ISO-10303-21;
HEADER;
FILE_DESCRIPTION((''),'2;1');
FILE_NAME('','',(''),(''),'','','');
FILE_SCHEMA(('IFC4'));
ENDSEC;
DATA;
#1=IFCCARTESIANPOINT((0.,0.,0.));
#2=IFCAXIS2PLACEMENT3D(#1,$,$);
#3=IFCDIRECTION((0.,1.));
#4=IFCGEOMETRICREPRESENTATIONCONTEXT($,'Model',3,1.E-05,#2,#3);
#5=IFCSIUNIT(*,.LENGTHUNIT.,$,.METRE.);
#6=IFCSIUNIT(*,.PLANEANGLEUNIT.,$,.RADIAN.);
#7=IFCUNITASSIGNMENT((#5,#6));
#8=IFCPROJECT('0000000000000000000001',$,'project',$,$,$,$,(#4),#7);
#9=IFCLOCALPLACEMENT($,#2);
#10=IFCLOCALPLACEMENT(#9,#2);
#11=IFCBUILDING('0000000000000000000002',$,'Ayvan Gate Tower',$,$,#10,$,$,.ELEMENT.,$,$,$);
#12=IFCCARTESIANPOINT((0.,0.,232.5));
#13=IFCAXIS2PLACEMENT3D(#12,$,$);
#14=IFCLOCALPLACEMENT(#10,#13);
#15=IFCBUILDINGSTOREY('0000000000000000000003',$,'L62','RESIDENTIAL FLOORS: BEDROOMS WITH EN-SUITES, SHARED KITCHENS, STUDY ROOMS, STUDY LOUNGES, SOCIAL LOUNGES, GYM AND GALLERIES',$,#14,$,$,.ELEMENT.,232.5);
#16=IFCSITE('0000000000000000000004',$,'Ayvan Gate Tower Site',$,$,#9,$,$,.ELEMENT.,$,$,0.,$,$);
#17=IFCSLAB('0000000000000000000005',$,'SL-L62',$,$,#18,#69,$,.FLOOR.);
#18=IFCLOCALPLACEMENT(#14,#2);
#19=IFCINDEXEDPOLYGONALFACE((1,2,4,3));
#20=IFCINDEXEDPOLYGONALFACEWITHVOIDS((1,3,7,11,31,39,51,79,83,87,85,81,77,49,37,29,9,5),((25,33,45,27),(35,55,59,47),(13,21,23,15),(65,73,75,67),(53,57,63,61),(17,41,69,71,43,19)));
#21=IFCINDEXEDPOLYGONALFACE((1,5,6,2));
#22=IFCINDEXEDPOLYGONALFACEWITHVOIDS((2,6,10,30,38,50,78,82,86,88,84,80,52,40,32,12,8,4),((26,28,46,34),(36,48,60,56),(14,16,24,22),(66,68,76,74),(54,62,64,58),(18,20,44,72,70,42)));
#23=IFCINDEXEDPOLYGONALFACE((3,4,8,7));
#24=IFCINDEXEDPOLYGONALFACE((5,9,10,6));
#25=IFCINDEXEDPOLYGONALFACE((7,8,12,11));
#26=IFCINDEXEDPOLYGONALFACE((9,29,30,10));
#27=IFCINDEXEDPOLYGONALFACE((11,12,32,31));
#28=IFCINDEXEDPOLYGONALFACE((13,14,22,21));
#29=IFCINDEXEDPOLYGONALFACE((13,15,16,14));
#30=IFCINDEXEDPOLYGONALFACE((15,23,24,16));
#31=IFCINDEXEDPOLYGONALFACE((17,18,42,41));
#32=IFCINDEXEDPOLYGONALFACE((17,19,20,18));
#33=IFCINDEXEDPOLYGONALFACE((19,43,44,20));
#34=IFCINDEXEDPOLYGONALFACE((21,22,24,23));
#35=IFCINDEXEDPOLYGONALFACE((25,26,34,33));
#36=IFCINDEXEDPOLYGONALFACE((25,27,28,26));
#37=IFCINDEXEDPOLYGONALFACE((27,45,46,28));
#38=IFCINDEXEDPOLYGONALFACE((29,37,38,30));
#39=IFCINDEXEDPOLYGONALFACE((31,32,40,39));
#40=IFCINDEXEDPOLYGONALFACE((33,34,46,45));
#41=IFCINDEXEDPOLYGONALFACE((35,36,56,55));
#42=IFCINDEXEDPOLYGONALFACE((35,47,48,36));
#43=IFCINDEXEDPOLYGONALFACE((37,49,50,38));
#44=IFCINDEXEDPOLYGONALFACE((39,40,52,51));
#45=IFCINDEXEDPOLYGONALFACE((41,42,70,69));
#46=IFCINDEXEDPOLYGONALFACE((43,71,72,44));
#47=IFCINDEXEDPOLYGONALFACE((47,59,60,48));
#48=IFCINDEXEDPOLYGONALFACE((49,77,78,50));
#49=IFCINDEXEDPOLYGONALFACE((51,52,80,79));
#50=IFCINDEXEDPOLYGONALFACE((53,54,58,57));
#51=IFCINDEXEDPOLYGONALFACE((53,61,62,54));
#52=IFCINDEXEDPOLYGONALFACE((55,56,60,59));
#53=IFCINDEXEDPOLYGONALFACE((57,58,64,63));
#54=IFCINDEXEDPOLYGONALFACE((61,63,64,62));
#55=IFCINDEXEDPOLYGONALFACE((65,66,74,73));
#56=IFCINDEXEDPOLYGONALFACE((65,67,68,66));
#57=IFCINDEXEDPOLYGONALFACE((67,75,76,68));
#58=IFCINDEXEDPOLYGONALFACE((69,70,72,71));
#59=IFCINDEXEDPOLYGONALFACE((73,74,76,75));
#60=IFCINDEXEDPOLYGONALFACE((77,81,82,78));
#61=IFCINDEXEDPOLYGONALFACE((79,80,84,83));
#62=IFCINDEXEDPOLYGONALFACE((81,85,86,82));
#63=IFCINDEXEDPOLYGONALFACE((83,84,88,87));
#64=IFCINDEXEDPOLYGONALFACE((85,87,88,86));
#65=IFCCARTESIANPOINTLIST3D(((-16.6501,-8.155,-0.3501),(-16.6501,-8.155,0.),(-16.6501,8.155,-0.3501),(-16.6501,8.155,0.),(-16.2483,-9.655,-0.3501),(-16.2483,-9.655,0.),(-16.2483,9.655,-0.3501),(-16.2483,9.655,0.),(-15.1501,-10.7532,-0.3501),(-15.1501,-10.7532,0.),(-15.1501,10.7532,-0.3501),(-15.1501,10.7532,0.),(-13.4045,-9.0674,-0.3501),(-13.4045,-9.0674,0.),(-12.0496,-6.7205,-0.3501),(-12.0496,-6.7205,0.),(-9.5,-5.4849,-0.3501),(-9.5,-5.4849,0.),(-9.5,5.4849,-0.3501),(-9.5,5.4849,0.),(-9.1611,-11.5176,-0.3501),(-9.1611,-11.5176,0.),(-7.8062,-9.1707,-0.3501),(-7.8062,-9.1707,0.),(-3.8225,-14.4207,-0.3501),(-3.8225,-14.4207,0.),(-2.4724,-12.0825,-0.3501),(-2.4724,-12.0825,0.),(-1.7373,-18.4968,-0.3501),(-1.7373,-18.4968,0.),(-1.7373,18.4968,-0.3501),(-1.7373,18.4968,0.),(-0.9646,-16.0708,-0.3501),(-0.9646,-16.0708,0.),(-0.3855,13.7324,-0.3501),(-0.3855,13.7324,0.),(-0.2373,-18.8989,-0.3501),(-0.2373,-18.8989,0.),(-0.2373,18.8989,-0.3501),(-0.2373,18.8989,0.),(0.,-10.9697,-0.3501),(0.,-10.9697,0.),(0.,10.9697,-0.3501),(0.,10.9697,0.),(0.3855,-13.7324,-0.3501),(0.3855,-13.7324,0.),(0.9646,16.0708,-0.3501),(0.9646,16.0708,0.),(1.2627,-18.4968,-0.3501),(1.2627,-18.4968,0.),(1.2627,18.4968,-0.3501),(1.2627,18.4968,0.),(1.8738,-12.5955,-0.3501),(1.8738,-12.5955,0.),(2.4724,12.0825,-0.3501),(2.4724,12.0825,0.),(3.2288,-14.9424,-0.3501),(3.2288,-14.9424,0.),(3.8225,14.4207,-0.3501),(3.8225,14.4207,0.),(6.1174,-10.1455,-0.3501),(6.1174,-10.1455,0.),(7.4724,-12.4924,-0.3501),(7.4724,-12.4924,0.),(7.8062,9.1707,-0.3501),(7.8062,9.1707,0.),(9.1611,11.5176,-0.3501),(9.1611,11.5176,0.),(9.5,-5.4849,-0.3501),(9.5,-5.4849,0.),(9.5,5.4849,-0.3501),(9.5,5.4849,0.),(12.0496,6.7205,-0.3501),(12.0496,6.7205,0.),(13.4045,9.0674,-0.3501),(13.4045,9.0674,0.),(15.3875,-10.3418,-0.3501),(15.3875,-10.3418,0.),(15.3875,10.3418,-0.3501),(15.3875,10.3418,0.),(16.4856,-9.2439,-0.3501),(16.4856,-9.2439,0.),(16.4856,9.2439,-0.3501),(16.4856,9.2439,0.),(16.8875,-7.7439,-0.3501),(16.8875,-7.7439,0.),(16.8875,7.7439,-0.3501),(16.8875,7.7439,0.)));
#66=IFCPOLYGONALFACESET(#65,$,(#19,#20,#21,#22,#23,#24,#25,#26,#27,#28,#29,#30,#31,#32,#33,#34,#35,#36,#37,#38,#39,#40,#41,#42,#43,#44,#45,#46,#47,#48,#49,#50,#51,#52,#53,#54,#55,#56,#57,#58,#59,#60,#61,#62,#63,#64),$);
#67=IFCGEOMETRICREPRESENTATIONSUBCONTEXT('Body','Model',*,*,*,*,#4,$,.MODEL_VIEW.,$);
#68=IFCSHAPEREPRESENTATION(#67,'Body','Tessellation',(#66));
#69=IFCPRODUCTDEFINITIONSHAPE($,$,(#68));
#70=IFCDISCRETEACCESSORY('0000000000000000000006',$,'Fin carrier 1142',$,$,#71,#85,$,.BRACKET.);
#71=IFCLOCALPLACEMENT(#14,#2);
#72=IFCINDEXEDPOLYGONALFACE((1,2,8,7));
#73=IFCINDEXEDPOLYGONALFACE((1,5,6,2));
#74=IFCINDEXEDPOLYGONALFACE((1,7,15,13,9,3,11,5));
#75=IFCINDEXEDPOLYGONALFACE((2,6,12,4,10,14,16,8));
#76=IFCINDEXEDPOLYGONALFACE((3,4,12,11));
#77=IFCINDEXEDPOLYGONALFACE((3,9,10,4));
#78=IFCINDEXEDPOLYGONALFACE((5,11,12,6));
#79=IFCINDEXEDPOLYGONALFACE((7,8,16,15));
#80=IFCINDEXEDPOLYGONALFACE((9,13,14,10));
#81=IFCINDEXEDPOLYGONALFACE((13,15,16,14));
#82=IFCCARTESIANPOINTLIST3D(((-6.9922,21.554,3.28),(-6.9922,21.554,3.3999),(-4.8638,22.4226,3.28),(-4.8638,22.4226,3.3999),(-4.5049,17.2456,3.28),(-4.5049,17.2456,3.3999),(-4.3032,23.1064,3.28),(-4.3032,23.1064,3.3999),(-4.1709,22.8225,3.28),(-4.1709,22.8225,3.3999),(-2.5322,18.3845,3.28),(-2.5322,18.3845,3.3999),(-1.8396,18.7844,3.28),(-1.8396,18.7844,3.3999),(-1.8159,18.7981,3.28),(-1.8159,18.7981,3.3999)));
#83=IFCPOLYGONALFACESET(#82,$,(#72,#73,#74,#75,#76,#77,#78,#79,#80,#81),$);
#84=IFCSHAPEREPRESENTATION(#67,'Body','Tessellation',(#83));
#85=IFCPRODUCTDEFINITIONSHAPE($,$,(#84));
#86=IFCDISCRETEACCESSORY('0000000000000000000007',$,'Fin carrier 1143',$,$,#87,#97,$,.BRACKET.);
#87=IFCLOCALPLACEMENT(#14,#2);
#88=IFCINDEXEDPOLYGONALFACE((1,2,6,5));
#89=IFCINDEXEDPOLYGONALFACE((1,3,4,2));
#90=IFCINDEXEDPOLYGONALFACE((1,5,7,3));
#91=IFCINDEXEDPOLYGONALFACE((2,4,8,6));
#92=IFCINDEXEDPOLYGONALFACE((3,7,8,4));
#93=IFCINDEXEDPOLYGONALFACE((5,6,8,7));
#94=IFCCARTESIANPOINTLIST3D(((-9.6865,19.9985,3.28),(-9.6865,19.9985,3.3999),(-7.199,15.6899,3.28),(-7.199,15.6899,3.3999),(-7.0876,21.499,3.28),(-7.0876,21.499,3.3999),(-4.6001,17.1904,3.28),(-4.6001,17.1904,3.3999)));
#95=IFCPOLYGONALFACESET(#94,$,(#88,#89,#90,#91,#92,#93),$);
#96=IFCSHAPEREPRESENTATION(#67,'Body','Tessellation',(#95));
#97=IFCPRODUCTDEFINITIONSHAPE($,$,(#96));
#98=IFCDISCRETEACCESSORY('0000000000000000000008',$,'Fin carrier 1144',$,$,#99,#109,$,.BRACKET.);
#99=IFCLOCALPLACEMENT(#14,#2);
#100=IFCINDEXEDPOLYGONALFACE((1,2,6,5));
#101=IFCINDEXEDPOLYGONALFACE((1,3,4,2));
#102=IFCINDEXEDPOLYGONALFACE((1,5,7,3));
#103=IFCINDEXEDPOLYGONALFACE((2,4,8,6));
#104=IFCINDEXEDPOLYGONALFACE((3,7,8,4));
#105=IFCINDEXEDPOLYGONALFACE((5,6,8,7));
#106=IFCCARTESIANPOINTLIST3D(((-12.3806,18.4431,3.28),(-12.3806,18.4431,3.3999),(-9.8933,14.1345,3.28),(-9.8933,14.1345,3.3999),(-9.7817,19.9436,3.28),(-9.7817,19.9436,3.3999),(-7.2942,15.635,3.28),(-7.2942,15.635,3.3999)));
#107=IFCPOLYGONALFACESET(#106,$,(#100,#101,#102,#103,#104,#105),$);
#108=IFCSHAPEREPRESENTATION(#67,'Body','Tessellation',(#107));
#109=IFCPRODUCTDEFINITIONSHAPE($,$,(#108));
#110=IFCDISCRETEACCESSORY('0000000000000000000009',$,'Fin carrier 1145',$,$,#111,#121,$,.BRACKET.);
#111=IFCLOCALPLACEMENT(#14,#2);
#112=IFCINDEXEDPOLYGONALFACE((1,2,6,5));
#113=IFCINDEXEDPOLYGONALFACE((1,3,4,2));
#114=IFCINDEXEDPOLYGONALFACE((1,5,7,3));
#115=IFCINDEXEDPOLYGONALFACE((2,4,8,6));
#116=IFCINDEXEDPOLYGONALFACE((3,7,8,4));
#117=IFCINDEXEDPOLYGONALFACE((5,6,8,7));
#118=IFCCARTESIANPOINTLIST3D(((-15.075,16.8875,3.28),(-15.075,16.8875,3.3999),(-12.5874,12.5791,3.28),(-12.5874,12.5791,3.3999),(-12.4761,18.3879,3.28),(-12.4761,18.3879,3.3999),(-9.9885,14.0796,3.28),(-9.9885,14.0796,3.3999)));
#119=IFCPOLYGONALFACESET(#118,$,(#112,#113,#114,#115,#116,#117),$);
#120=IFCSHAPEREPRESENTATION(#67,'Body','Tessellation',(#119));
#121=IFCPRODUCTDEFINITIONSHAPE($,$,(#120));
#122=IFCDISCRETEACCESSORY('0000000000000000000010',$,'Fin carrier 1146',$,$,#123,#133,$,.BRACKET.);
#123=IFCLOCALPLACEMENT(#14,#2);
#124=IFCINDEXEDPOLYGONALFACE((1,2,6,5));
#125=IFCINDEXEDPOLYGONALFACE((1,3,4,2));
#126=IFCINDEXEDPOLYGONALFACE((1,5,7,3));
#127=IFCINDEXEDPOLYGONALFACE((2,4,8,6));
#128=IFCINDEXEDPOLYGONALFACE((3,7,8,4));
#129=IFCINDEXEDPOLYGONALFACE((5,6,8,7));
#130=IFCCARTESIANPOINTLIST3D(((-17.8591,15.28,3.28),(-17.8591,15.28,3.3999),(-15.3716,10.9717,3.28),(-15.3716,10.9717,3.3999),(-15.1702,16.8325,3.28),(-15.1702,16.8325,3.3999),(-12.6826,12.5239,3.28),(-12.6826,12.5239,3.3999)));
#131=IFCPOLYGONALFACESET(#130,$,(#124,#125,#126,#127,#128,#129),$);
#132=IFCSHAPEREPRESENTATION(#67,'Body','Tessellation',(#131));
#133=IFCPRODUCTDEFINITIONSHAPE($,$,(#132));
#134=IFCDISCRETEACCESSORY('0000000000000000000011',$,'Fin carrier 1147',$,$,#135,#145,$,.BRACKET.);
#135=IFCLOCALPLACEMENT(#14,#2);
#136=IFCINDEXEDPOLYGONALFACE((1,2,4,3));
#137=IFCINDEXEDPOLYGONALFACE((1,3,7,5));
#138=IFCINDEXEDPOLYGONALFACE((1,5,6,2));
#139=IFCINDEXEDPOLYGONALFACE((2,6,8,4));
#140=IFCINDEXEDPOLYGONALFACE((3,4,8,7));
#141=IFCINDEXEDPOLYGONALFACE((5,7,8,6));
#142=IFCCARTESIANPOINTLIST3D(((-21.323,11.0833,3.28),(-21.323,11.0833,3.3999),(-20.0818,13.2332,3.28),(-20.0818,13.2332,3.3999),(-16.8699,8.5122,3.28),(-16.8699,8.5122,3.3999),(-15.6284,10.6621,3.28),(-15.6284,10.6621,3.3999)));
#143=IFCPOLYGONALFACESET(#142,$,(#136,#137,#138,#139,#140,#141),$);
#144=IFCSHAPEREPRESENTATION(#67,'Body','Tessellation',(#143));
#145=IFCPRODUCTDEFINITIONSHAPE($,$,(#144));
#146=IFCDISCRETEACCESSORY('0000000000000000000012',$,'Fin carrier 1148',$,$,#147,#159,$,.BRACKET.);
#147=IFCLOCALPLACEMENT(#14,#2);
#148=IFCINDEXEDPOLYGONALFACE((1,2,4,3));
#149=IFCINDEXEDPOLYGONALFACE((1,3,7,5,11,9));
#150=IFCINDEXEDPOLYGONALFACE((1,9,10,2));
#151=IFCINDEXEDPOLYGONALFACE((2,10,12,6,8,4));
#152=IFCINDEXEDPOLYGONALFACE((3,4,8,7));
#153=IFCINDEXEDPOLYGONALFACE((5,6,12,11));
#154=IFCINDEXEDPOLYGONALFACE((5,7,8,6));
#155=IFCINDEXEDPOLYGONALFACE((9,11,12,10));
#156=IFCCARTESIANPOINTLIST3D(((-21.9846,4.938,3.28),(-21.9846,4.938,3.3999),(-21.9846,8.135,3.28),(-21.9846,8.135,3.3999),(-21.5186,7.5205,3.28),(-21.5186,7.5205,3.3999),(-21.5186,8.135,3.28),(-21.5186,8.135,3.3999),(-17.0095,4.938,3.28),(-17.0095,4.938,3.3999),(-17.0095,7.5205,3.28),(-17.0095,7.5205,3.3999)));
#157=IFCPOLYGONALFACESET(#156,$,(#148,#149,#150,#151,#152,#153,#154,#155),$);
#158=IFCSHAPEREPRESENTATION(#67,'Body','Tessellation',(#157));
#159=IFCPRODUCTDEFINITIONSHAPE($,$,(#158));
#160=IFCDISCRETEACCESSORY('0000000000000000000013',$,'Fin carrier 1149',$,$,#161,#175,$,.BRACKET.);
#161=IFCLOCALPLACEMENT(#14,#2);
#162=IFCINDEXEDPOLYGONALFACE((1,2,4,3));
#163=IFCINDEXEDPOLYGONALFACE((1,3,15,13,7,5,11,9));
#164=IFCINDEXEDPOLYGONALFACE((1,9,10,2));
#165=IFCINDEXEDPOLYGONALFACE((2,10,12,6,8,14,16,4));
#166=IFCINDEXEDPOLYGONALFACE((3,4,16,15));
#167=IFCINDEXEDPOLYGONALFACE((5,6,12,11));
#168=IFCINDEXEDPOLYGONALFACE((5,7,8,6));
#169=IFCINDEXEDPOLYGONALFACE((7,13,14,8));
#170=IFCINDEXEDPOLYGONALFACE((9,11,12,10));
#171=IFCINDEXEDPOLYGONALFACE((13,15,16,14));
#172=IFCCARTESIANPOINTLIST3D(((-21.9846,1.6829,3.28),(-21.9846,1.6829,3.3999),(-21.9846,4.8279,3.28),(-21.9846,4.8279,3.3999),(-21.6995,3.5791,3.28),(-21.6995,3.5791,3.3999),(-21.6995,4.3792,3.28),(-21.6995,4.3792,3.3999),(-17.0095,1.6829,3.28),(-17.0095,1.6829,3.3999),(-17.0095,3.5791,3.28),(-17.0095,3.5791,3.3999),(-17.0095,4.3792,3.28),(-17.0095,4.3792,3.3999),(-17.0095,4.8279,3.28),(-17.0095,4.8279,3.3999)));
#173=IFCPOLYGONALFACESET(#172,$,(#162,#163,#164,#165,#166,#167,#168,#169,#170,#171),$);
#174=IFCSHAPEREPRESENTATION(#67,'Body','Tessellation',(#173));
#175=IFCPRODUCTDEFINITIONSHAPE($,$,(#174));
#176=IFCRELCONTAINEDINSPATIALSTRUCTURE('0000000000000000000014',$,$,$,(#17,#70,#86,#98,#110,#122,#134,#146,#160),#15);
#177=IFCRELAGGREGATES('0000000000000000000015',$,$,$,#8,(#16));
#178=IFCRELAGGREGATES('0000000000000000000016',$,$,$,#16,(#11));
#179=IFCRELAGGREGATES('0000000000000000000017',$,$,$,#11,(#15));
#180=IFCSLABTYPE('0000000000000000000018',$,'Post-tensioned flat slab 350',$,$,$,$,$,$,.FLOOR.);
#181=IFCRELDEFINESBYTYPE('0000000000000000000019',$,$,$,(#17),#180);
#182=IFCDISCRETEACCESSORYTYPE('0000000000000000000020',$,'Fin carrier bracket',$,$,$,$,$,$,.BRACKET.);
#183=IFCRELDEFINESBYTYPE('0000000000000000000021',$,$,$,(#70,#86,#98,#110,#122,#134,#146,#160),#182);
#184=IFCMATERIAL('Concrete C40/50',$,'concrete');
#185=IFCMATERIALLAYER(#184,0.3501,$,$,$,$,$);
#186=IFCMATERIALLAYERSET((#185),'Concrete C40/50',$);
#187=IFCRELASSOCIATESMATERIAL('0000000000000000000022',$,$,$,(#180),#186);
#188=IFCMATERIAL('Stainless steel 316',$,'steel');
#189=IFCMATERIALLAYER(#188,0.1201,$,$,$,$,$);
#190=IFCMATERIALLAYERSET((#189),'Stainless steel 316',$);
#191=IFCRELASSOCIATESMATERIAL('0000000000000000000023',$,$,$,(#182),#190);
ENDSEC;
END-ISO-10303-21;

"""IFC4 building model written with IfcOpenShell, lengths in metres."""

from ifc_helpers import new_model, si_unit, direction, frame, origin, place, context, subcontext, project, spatial, polyline, outline, extrude, material, layer, layer_set, type_object, element, save


model = new_model("IFC4")

# Units and contexts
model_context = context("Model", 3, precision=1e-05, world=origin(), true_north=direction((0.0, 1.0)))
body_context = subcontext(model_context, "Body", "Model", "MODEL_VIEW")
ifc_project = project(units=[si_unit("LENGTHUNIT", "METRE"), si_unit("PLANEANGLEUNIT", "RADIAN")], contexts=[model_context])

# Site, building, storey
site_placement = place(None, origin())
site = spatial("IfcSite", under=ifc_project, at=site_placement, Name="Ayvan Gate Tower Site", CompositionType="ELEMENT", RefElevation=0.0)
building_placement = place(site_placement, origin())
building = spatial("IfcBuilding", under=site, at=building_placement, Name="Ayvan Gate Tower", CompositionType="ELEMENT")
storey_placement = place(building_placement, frame((0.0, 0.0, 232.5)))
storey = spatial("IfcBuildingStorey", under=building, at=storey_placement, Name="L62", Description="RESIDENTIAL FLOORS: BEDROOMS WITH EN-SUITES, SHARED KITCHENS, STUDY ROOMS, STUDY LOUNGES, SOCIAL LOUNGES, GYM AND GALLERIES", CompositionType="ELEMENT", Elevation=232.5)

# Slab
ifc_material_1 = material(Name="Concrete C40/50", Category="concrete")
ifc_layer_1 = layer(ifc_material_1, 0.3501)
ifc_layer_set_1 = layer_set([ifc_layer_1], Name="Concrete C40/50")
slab_type = type_object("IfcSlabType", Name="Post-tensioned flat slab 350", PredefinedType="FLOOR", material=ifc_layer_set_1)
slab_placement = place(storey_placement, frame((0.0, 0.0, -0.3501)))
element("IfcSlab", 1, at=slab_placement, inside=storey, type_object=slab_type, Name="SL-L62", PredefinedType="FLOOR", context=body_context, shape_type="SweptSolid", body=[
    extrude(outline(polyline([(1.2627, -18.4968), (-0.2373, -18.8989), (-1.7373, -18.4968), (-15.1501, -10.7532), (-16.2483, -9.655), (-16.6501, -8.155), (-16.6501, 8.155), (-16.2483, 9.655), (-15.1501, 10.7532), (-1.7373, 18.4968), (-0.2373, 18.8989), (1.2627, 18.4968), (15.3875, 10.3418), (16.4856, 9.2439), (16.8875, 7.7439), (16.8875, -7.7439), (16.4856, -9.2439), (15.3875, -10.3418), (1.2627, -18.4968)]), holes=[polyline([(12.0496, 6.7205), (13.4045, 9.0674), (9.1611, 11.5176), (7.8062, 9.1707), (12.0496, 6.7205)]), polyline([(9.5, 5.4849), (0.0, 10.9697), (-9.5, 5.4849), (-9.5, -5.4849), (0.0, -10.9697), (9.5, -5.4849), (9.5, 5.4849)]), polyline([(1.8738, -12.5955), (3.2288, -14.9424), (7.4724, -12.4924), (6.1174, -10.1455), (1.8738, -12.5955)]), polyline([(3.8225, 14.4207), (0.9646, 16.0708), (-0.3855, 13.7324), (2.4724, 12.0825), (3.8225, 14.4207)]), polyline([(0.3855, -13.7324), (-2.4724, -12.0825), (-3.8225, -14.4207), (-0.9646, -16.0708), (0.3855, -13.7324)]), polyline([(-9.1611, -11.5176), (-7.8062, -9.1707), (-12.0496, -6.7205), (-13.4045, -9.0674), (-9.1611, -11.5176)])]), origin(), (0.0, 0.0, 1.0), 0.3501),
])

# Discrete accessories
ifc_material_2 = material(Name="Stainless steel 316", Category="steel")
ifc_layer_2 = layer(ifc_material_2, 0.1201)
ifc_layer_set_2 = layer_set([ifc_layer_2], Name="Stainless steel 316")
discrete_accessory_type = type_object("IfcDiscreteAccessoryType", Name="Fin carrier bracket", PredefinedType="BRACKET", material=ifc_layer_set_2)
discrete_accessory_1_placement = place(storey_placement, frame((0.0, 0.0, 3.28)))
element("IfcDiscreteAccessory", 2, at=discrete_accessory_1_placement, inside=storey, type_object=discrete_accessory_type, Name="Fin carrier 1142", PredefinedType="BRACKET", context=body_context, shape_type="SweptSolid", body=[
    extrude(outline(polyline([(-4.5049, 17.2456), (-6.9922, 21.554), (-4.3032, 23.1064), (-1.8159, 18.7981), (-1.8396, 18.7844), (-4.1709, 22.8225), (-4.8638, 22.4226), (-2.5322, 18.3845), (-4.5049, 17.2456)])), origin(), (0.0, 0.0, 1.0), 0.1199),
])
discrete_accessory_2_placement = place(storey_placement, frame((0.0, 0.0, 3.28)))
element("IfcDiscreteAccessory", 3, at=discrete_accessory_2_placement, inside=storey, type_object=discrete_accessory_type, Name="Fin carrier 1143", PredefinedType="BRACKET", context=body_context, shape_type="SweptSolid", body=[
    extrude(outline(polyline([(-7.0876, 21.499), (-4.6001, 17.1904), (-7.199, 15.6899), (-9.6865, 19.9985), (-7.0876, 21.499)])), origin(), (0.0, 0.0, 1.0), 0.1199),
])
discrete_accessory_3_placement = place(storey_placement, frame((0.0, 0.0, 3.28)))
element("IfcDiscreteAccessory", 4, at=discrete_accessory_3_placement, inside=storey, type_object=discrete_accessory_type, Name="Fin carrier 1144", PredefinedType="BRACKET", context=body_context, shape_type="SweptSolid", body=[
    extrude(outline(polyline([(-9.7817, 19.9436), (-7.2942, 15.635), (-9.8933, 14.1345), (-12.3806, 18.4431), (-9.7817, 19.9436)])), origin(), (0.0, 0.0, 1.0), 0.1199),
])
discrete_accessory_4_placement = place(storey_placement, frame((0.0, 0.0, 3.28)))
element("IfcDiscreteAccessory", 5, at=discrete_accessory_4_placement, inside=storey, type_object=discrete_accessory_type, Name="Fin carrier 1145", PredefinedType="BRACKET", context=body_context, shape_type="SweptSolid", body=[
    extrude(outline(polyline([(-12.4761, 18.3879), (-9.9885, 14.0796), (-12.5874, 12.5791), (-15.075, 16.8875), (-12.4761, 18.3879)])), origin(), (0.0, 0.0, 1.0), 0.1199),
])
discrete_accessory_5_placement = place(storey_placement, frame((0.0, 0.0, 3.28)))
element("IfcDiscreteAccessory", 6, at=discrete_accessory_5_placement, inside=storey, type_object=discrete_accessory_type, Name="Fin carrier 1146", PredefinedType="BRACKET", context=body_context, shape_type="SweptSolid", body=[
    extrude(outline(polyline([(-15.1702, 16.8325), (-12.6826, 12.5239), (-15.3716, 10.9717), (-17.8591, 15.28), (-15.1702, 16.8325)])), origin(), (0.0, 0.0, 1.0), 0.1199),
])
discrete_accessory_6_placement = place(storey_placement, frame((0.0, 0.0, 3.28)))
element("IfcDiscreteAccessory", 7, at=discrete_accessory_6_placement, inside=storey, type_object=discrete_accessory_type, Name="Fin carrier 1147", PredefinedType="BRACKET", context=body_context, shape_type="SweptSolid", body=[
    extrude(outline(polyline([(-20.0818, 13.2332), (-15.6284, 10.6621), (-16.8699, 8.5122), (-21.323, 11.0833), (-20.0818, 13.2332)])), origin(), (0.0, 0.0, 1.0), 0.1199),
])
discrete_accessory_7_placement = place(storey_placement, frame((0.0, 0.0, 3.28)))
element("IfcDiscreteAccessory", 8, at=discrete_accessory_7_placement, inside=storey, type_object=discrete_accessory_type, Name="Fin carrier 1148", PredefinedType="BRACKET", context=body_context, shape_type="SweptSolid", body=[
    extrude(outline(polyline([(-17.0095, 4.938), (-21.9846, 4.938), (-21.9846, 8.135), (-21.5186, 8.135), (-21.5186, 7.5205), (-17.0095, 7.5205), (-17.0095, 4.938)])), origin(), (0.0, 0.0, 1.0), 0.1199),
])
discrete_accessory_8_placement = place(storey_placement, frame((0.0, 0.0, 3.28)))
element("IfcDiscreteAccessory", 9, at=discrete_accessory_8_placement, inside=storey, type_object=discrete_accessory_type, Name="Fin carrier 1149", PredefinedType="BRACKET", context=body_context, shape_type="SweptSolid", body=[
    extrude(outline(polyline([(-17.0095, 1.6829), (-21.9846, 1.6829), (-21.9846, 4.8279), (-17.0095, 4.8279), (-17.0095, 4.3792), (-21.6995, 4.3792), (-21.6995, 3.5791), (-17.0095, 3.5791), (-17.0095, 1.6829)])), origin(), (0.0, 0.0, 1.0), 0.1199),
])

save(model, "model.ifc")
